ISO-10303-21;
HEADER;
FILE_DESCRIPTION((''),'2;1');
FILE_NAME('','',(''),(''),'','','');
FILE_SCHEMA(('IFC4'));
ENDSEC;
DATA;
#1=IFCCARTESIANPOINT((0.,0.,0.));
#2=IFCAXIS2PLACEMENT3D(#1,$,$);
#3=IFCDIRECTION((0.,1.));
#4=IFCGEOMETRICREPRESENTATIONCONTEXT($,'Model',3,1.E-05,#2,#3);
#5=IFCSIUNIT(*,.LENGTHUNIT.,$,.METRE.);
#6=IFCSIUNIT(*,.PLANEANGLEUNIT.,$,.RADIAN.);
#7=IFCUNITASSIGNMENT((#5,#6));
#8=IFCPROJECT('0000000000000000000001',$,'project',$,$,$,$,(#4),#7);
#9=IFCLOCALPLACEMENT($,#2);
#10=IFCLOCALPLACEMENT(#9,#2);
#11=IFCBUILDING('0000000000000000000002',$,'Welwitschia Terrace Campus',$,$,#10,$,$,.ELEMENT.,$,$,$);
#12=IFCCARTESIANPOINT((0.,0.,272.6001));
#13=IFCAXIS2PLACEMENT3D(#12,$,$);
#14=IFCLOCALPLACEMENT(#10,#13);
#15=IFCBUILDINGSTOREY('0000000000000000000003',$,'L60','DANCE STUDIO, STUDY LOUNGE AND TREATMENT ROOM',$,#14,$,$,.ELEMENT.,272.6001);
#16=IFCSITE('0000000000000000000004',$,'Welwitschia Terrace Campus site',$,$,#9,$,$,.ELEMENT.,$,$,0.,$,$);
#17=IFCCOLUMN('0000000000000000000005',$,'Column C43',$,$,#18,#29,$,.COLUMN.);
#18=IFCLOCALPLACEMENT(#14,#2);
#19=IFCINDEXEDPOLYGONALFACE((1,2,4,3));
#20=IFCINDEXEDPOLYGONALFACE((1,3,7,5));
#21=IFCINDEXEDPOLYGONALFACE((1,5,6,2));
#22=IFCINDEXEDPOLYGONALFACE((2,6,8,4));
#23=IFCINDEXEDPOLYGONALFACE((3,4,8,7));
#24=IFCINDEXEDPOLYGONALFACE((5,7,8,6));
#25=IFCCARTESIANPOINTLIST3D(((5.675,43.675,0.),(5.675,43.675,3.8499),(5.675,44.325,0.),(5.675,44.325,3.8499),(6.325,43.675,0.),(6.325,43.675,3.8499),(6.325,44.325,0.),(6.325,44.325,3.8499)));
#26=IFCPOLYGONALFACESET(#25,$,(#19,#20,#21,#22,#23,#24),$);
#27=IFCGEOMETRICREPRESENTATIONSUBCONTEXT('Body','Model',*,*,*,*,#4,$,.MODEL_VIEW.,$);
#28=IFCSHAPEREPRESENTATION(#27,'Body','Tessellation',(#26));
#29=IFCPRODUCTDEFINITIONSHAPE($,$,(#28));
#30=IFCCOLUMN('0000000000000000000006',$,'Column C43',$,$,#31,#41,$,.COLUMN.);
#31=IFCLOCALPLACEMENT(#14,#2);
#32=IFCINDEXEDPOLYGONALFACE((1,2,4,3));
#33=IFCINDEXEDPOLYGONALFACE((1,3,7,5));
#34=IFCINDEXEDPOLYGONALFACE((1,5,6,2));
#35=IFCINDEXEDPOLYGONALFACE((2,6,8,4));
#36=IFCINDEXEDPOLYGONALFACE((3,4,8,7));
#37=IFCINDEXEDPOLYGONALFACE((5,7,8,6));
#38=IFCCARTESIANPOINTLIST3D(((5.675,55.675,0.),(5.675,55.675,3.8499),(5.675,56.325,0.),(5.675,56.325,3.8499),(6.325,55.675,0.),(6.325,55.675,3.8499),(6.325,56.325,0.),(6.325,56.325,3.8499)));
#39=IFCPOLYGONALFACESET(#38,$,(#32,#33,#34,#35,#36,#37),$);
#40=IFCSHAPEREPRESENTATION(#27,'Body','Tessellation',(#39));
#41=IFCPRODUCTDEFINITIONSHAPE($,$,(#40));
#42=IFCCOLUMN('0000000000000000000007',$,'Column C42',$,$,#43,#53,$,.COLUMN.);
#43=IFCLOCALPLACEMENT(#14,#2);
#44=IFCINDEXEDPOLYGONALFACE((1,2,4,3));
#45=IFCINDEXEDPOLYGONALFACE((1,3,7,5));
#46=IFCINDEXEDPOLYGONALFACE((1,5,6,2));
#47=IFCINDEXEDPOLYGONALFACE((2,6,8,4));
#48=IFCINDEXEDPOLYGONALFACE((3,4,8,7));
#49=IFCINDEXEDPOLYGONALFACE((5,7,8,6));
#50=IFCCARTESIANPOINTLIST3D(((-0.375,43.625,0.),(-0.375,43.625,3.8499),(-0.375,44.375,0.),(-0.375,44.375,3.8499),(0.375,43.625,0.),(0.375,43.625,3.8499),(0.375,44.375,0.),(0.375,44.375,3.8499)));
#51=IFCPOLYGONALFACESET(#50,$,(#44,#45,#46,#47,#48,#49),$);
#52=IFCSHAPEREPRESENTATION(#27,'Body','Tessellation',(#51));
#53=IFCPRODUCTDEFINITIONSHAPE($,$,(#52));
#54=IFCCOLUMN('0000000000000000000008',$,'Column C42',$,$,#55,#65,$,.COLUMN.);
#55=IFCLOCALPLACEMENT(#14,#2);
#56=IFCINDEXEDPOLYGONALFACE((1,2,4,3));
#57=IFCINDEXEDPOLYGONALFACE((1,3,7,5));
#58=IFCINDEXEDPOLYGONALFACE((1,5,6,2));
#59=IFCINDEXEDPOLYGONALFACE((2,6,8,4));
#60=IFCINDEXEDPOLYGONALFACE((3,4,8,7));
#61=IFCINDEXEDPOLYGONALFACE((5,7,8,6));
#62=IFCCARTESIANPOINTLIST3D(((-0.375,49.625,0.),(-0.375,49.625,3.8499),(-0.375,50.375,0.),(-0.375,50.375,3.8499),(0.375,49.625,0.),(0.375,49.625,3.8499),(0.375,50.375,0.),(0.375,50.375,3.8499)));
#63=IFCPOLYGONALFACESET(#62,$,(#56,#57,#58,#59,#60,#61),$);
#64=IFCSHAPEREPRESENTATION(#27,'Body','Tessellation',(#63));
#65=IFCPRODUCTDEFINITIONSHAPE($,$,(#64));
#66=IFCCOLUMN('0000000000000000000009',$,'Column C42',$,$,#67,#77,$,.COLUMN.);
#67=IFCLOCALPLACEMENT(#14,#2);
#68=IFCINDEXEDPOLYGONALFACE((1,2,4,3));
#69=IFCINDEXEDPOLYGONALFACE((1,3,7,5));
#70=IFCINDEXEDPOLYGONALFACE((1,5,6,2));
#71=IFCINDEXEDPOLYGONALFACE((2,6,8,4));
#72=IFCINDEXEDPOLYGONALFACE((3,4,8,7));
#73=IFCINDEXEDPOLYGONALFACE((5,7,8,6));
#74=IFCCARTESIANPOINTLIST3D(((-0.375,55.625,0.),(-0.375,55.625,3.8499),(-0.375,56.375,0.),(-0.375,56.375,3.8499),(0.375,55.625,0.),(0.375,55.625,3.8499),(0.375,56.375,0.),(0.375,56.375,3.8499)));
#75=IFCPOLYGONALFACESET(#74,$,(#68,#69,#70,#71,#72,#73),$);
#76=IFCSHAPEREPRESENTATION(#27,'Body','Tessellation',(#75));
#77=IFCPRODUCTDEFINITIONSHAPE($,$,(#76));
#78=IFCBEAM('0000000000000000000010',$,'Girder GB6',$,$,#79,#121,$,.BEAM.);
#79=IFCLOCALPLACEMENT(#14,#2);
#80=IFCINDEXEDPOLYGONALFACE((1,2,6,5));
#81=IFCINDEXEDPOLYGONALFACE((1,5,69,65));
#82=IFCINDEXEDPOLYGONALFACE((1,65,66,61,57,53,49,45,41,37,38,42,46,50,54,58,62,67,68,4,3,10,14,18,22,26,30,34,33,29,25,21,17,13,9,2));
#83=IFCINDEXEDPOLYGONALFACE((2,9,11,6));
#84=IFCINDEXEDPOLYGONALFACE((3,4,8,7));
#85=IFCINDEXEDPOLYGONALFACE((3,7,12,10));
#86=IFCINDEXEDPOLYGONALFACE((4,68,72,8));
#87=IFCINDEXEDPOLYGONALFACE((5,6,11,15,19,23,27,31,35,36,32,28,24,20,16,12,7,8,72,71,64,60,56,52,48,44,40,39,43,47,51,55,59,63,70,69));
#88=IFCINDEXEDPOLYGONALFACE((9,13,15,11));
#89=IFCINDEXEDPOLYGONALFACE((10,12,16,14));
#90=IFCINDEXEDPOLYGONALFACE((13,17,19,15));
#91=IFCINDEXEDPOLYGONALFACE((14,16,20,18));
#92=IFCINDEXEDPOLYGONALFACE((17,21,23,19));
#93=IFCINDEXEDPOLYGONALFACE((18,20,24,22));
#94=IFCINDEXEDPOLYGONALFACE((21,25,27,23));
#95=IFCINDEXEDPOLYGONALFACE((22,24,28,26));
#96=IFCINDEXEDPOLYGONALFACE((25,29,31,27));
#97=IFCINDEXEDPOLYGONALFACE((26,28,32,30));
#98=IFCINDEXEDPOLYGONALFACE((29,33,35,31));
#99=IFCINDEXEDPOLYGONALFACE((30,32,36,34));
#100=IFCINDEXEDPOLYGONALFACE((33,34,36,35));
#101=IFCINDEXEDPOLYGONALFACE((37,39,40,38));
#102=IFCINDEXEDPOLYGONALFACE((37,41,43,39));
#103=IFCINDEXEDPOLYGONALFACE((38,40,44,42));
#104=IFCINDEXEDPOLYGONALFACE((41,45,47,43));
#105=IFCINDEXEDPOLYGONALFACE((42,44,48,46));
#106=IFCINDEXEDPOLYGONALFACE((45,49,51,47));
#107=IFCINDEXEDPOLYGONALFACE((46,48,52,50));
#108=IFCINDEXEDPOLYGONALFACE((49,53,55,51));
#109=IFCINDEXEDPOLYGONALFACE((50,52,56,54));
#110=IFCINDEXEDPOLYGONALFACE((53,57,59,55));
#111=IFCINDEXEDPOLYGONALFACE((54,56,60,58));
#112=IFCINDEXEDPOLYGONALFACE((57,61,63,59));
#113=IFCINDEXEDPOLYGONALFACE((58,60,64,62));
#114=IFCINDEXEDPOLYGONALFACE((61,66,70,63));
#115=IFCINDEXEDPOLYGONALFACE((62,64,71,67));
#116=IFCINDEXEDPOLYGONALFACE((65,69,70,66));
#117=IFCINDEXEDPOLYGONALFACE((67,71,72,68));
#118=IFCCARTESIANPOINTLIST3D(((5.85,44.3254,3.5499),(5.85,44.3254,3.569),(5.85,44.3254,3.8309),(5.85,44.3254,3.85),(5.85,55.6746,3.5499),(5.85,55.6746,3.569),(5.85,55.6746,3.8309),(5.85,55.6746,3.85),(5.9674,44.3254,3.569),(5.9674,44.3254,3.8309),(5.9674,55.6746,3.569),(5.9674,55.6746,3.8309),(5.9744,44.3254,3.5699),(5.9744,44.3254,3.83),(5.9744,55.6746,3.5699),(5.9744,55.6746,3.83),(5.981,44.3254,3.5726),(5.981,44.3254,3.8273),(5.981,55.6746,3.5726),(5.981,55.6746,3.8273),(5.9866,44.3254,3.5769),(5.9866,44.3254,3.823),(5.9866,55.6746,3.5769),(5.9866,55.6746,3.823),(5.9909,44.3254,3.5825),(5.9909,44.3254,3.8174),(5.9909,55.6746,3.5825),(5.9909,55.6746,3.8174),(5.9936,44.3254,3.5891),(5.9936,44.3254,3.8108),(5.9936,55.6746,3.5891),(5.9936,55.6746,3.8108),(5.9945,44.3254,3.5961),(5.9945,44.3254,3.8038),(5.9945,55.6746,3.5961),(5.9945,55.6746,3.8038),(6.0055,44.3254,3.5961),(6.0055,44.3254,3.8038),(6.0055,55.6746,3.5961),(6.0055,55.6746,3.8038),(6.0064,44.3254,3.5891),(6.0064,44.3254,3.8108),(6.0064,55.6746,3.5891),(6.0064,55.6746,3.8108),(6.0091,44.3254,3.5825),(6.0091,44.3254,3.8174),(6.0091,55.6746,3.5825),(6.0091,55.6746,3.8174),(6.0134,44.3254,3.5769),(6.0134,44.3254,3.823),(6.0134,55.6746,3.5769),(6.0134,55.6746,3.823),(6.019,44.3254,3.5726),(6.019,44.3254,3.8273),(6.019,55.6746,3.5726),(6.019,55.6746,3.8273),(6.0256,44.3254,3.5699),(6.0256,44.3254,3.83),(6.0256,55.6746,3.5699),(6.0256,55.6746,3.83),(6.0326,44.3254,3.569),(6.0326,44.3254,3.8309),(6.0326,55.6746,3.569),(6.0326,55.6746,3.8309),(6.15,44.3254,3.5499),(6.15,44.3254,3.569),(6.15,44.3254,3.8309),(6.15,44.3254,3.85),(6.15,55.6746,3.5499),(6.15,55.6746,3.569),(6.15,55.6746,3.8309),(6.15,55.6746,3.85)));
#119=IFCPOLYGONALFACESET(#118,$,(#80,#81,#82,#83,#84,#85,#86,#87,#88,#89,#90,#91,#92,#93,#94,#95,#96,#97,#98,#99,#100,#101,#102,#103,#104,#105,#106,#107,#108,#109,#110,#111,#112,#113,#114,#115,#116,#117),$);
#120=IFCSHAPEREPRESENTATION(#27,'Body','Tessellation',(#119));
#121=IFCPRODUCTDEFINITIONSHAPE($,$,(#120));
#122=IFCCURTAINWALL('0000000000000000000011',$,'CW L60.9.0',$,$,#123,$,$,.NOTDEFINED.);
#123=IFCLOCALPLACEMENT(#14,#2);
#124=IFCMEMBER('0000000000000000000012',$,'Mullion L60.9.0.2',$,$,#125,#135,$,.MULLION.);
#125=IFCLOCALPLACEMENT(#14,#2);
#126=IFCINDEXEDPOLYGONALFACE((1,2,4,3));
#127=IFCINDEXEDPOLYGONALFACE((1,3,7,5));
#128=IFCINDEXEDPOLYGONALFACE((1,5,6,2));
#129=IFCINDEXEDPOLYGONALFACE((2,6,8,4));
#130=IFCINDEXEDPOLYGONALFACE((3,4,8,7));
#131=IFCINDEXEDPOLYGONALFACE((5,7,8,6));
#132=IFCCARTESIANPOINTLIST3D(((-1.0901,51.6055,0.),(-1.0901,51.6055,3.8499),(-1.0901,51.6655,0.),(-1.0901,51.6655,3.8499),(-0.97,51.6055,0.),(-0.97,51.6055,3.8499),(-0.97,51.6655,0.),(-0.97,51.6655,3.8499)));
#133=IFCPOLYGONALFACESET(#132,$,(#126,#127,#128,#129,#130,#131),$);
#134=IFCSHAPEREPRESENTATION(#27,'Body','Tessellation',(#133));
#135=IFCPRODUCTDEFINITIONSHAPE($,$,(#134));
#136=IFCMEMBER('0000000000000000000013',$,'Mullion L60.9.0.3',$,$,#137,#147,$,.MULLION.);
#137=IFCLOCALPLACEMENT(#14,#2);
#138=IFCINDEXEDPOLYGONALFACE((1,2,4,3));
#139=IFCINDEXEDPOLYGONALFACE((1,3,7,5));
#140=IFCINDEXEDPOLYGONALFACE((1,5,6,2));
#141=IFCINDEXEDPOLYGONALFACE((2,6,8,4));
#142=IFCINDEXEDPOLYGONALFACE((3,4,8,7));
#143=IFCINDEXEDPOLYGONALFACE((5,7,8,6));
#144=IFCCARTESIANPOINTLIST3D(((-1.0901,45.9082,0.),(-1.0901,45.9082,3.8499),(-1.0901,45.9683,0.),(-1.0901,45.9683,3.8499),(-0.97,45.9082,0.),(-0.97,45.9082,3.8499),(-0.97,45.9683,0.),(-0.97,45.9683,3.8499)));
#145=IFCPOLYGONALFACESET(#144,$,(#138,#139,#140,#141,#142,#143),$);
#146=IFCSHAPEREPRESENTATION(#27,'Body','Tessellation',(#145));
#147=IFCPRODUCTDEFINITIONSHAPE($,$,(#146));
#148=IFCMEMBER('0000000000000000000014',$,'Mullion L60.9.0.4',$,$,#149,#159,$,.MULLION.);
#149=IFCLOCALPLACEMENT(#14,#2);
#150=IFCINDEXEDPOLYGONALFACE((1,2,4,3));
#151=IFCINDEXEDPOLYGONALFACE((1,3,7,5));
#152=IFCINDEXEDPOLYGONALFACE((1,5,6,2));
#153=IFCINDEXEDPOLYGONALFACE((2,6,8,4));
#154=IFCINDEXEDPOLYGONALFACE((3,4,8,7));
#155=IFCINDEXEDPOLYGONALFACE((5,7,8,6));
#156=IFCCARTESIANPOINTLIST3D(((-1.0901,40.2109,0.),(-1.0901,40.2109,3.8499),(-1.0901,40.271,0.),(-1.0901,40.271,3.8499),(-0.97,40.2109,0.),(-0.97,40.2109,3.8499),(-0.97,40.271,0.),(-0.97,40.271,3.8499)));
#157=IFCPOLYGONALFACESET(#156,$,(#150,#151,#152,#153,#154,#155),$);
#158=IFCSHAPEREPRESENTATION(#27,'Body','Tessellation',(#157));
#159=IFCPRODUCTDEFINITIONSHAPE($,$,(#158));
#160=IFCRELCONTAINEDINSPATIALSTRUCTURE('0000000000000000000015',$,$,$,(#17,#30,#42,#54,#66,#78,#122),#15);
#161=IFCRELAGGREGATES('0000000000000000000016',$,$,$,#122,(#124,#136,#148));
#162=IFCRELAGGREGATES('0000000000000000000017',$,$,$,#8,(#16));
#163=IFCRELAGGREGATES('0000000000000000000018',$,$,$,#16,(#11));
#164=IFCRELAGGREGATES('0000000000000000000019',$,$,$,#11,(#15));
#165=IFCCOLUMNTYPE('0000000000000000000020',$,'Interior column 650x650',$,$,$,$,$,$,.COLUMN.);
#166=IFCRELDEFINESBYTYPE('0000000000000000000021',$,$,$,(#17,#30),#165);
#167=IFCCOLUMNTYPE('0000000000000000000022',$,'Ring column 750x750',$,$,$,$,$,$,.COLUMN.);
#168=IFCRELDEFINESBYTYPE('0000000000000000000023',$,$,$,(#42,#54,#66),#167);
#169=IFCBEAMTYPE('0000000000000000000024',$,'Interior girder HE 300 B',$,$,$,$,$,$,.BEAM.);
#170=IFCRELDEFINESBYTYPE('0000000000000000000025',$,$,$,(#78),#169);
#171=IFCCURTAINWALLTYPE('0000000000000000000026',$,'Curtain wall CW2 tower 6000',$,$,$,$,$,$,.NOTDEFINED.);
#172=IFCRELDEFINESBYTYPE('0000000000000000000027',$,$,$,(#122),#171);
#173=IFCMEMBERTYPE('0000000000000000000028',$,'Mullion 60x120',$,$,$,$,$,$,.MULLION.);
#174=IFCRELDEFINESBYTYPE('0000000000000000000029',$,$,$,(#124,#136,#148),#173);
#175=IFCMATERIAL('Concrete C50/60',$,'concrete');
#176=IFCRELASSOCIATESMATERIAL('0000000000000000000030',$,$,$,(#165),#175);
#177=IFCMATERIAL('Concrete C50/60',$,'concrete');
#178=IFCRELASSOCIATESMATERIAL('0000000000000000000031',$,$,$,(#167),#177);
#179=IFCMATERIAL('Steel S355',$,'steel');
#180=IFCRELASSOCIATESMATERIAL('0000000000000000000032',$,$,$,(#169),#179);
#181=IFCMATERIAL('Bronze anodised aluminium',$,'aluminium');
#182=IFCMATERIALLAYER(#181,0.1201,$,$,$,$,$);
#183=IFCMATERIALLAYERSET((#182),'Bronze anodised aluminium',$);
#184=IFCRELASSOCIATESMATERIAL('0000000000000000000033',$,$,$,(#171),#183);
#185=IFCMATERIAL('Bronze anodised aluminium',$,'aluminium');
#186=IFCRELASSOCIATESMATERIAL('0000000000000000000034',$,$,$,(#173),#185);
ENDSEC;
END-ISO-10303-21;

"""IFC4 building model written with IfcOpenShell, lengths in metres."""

from ifc_helpers import new_model, si_unit, direction, frame, origin, origin_2d, place, context, subcontext, project, spatial, rectangle, i_section, extrude, material, layer, layer_set, material_profile, profile_set, type_object, element, aggregate, save


model = new_model("IFC4")

# Units and contexts
model_context = context("Model", 3, precision=1e-05, world=origin(), true_north=direction((0.0, 1.0)))
body_context = subcontext(model_context, "Body", "Model", "MODEL_VIEW")
ifc_project = project(units=[si_unit("LENGTHUNIT", "METRE"), si_unit("PLANEANGLEUNIT", "RADIAN")], contexts=[model_context])

# Site, building, storey
site_placement = place(None, origin())
site = spatial("IfcSite", under=ifc_project, at=site_placement, Name="Welwitschia Terrace Campus site", CompositionType="ELEMENT", RefElevation=0.0)
building_placement = place(site_placement, origin())
building = spatial("IfcBuilding", under=site, at=building_placement, Name="Welwitschia Terrace Campus", CompositionType="ELEMENT")
storey_placement = place(building_placement, frame((0.0, 0.0, 272.6001)))
storey = spatial("IfcBuildingStorey", under=building, at=storey_placement, Name="L60", Description="DANCE STUDIO, STUDY LOUNGE AND TREATMENT ROOM", CompositionType="ELEMENT", Elevation=272.6001)

# Columns
ifc_material_1 = material(Name="Concrete C50/60", Category="concrete")
ifc_material_profile_1 = material_profile(ifc_material_1, rectangle(XDim=0.6499, YDim=0.6499, at=origin_2d()))
ifc_profile_set_1 = profile_set([ifc_material_profile_1], Name="Concrete C50/60")
column_type_1 = type_object("IfcColumnType", Name="Interior column 650x650", PredefinedType="COLUMN", material=ifc_profile_set_1)
for number, where, z_axis, x_axis, name in (
    (1, (6.0, 44.0, 0.0), (0.0, 0.0, 1.0), (1.0, 0.0, 0.0), "Column C43"),
    (2, (6.0, 56.0, 0.0), (0.0, 0.0, 1.0), (1.0, 0.0, 0.0), "Column C43"),
):
    element("IfcColumn", number, at=place(storey_placement, frame(where, z_axis=z_axis, x_axis=x_axis)), inside=storey, type_object=column_type_1, Name=name, PredefinedType="COLUMN", context=body_context, shape_type="SweptSolid", body=[
        extrude(rectangle(XDim=0.6499, YDim=0.6499, at=origin_2d()), origin(), (0.0, 0.0, 1.0), 3.8499),
    ])
ifc_material_2 = material(Name="Concrete C50/60", Category="concrete")
ifc_material_profile_2 = material_profile(ifc_material_2, rectangle(XDim=0.75, YDim=0.75, at=origin_2d()))
ifc_profile_set_2 = profile_set([ifc_material_profile_2], Name="Concrete C50/60")
column_type_2 = type_object("IfcColumnType", Name="Ring column 750x750", PredefinedType="COLUMN", material=ifc_profile_set_2)
for number, where, z_axis, x_axis, name in (
    (3, (0.0, 44.0, 0.0), (0.0, 0.0, 1.0), (1.0, 0.0, 0.0), "Column C42"),
    (4, (0.0, 50.0, 0.0), (0.0, 0.0, 1.0), (1.0, 0.0, 0.0), "Column C42"),
    (5, (0.0, 56.0, 0.0), (0.0, 0.0, 1.0), (1.0, 0.0, 0.0), "Column C42"),
):
    element("IfcColumn", number, at=place(storey_placement, frame(where, z_axis=z_axis, x_axis=x_axis)), inside=storey, type_object=column_type_2, Name=name, PredefinedType="COLUMN", context=body_context, shape_type="SweptSolid", body=[
        extrude(rectangle(XDim=0.75, YDim=0.75, at=origin_2d()), origin(), (0.0, 0.0, 1.0), 3.8499),
    ])

# Beam
ifc_material_3 = material(Name="Steel S355", Category="steel")
ifc_material_profile_3 = material_profile(ifc_material_3, i_section(OverallWidth=0.3, OverallDepth=0.3, WebThickness=0.011, FlangeThickness=0.019, FilletRadius=0.0271, at=origin_2d()))
ifc_profile_set_3 = profile_set([ifc_material_profile_3], Name="Steel S355")
beam_type_1 = type_object("IfcBeamType", Name="Interior girder HE 300 B", PredefinedType="BEAM", material=ifc_profile_set_3)
beam_placement = place(storey_placement, frame((6.0, 44.3254, 3.7), z_axis=(0.0, 1.0, 0.0), x_axis=(-1.0, 0.0, 0.0)))
element("IfcBeam", 6, at=beam_placement, inside=storey, type_object=beam_type_1, Name="Girder GB6", PredefinedType="BEAM", context=body_context, shape_type="SweptSolid", body=[
    extrude(i_section(OverallWidth=0.3, OverallDepth=0.3, WebThickness=0.011, FlangeThickness=0.019, FilletRadius=0.0271, at=origin_2d()), origin(), (0.0, 0.0, 1.0), 11.3491),
])

# Curtain wall, members
ifc_material_4 = material(Name="Bronze anodised aluminium", Category="aluminium")
ifc_layer_1 = layer(ifc_material_4, 0.1201)
ifc_layer_set_1 = layer_set([ifc_layer_1], Name="Bronze anodised aluminium")
curtain_wall_type = type_object("IfcCurtainWallType", Name="Curtain wall CW2 tower 6000", PredefinedType="NOTDEFINED", material=ifc_layer_set_1)
curtain_wall_placement = place(storey_placement, origin())
curtain_wall = element("IfcCurtainWall", 7, at=curtain_wall_placement, inside=storey, type_object=curtain_wall_type, Name="CW L60.9.0", PredefinedType="NOTDEFINED")
ifc_material_5 = material(Name="Bronze anodised aluminium", Category="aluminium")
ifc_material_profile_4 = material_profile(ifc_material_5, rectangle(XDim=0.1201, YDim=0.0601, at=origin_2d()))
ifc_profile_set_4 = profile_set([ifc_material_profile_4], Name="Bronze anodised aluminium")
member_type = type_object("IfcMemberType", Name="Mullion 60x120", PredefinedType="MULLION", material=ifc_profile_set_4)
member_1_placement = place(storey_placement, frame((-1.03, 51.6355, 0.0), z_axis=(0.0, 0.0, 1.0), x_axis=(1.0, 0.0, 0.0)))
member_1 = element("IfcMember", 8, at=member_1_placement, type_object=member_type, Name="Mullion L60.9.0.2", PredefinedType="MULLION", context=body_context, shape_type="SweptSolid", body=[
    extrude(rectangle(XDim=0.1201, YDim=0.0601, at=origin_2d()), origin(), (0.0, 0.0, 1.0), 3.8499),
])
member_2_placement = place(storey_placement, frame((-1.03, 45.9382, 0.0), z_axis=(0.0, 0.0, 1.0), x_axis=(1.0, 0.0, 0.0)))
member_2 = element("IfcMember", 9, at=member_2_placement, type_object=member_type, Name="Mullion L60.9.0.3", PredefinedType="MULLION", context=body_context, shape_type="SweptSolid", body=[
    extrude(rectangle(XDim=0.1201, YDim=0.0601, at=origin_2d()), origin(), (0.0, 0.0, 1.0), 3.8499),
])
member_3_placement = place(storey_placement, frame((-1.03, 40.241, 0.0), z_axis=(0.0, 0.0, 1.0), x_axis=(1.0, 0.0, 0.0)))
member_3 = element("IfcMember", 10, at=member_3_placement, type_object=member_type, Name="Mullion L60.9.0.4", PredefinedType="MULLION", context=body_context, shape_type="SweptSolid", body=[
    extrude(rectangle(XDim=0.1201, YDim=0.0601, at=origin_2d()), origin(), (0.0, 0.0, 1.0), 3.8499),
])

aggregate(curtain_wall, [member_1, member_2, member_3])

save(model, "model.ifc")
